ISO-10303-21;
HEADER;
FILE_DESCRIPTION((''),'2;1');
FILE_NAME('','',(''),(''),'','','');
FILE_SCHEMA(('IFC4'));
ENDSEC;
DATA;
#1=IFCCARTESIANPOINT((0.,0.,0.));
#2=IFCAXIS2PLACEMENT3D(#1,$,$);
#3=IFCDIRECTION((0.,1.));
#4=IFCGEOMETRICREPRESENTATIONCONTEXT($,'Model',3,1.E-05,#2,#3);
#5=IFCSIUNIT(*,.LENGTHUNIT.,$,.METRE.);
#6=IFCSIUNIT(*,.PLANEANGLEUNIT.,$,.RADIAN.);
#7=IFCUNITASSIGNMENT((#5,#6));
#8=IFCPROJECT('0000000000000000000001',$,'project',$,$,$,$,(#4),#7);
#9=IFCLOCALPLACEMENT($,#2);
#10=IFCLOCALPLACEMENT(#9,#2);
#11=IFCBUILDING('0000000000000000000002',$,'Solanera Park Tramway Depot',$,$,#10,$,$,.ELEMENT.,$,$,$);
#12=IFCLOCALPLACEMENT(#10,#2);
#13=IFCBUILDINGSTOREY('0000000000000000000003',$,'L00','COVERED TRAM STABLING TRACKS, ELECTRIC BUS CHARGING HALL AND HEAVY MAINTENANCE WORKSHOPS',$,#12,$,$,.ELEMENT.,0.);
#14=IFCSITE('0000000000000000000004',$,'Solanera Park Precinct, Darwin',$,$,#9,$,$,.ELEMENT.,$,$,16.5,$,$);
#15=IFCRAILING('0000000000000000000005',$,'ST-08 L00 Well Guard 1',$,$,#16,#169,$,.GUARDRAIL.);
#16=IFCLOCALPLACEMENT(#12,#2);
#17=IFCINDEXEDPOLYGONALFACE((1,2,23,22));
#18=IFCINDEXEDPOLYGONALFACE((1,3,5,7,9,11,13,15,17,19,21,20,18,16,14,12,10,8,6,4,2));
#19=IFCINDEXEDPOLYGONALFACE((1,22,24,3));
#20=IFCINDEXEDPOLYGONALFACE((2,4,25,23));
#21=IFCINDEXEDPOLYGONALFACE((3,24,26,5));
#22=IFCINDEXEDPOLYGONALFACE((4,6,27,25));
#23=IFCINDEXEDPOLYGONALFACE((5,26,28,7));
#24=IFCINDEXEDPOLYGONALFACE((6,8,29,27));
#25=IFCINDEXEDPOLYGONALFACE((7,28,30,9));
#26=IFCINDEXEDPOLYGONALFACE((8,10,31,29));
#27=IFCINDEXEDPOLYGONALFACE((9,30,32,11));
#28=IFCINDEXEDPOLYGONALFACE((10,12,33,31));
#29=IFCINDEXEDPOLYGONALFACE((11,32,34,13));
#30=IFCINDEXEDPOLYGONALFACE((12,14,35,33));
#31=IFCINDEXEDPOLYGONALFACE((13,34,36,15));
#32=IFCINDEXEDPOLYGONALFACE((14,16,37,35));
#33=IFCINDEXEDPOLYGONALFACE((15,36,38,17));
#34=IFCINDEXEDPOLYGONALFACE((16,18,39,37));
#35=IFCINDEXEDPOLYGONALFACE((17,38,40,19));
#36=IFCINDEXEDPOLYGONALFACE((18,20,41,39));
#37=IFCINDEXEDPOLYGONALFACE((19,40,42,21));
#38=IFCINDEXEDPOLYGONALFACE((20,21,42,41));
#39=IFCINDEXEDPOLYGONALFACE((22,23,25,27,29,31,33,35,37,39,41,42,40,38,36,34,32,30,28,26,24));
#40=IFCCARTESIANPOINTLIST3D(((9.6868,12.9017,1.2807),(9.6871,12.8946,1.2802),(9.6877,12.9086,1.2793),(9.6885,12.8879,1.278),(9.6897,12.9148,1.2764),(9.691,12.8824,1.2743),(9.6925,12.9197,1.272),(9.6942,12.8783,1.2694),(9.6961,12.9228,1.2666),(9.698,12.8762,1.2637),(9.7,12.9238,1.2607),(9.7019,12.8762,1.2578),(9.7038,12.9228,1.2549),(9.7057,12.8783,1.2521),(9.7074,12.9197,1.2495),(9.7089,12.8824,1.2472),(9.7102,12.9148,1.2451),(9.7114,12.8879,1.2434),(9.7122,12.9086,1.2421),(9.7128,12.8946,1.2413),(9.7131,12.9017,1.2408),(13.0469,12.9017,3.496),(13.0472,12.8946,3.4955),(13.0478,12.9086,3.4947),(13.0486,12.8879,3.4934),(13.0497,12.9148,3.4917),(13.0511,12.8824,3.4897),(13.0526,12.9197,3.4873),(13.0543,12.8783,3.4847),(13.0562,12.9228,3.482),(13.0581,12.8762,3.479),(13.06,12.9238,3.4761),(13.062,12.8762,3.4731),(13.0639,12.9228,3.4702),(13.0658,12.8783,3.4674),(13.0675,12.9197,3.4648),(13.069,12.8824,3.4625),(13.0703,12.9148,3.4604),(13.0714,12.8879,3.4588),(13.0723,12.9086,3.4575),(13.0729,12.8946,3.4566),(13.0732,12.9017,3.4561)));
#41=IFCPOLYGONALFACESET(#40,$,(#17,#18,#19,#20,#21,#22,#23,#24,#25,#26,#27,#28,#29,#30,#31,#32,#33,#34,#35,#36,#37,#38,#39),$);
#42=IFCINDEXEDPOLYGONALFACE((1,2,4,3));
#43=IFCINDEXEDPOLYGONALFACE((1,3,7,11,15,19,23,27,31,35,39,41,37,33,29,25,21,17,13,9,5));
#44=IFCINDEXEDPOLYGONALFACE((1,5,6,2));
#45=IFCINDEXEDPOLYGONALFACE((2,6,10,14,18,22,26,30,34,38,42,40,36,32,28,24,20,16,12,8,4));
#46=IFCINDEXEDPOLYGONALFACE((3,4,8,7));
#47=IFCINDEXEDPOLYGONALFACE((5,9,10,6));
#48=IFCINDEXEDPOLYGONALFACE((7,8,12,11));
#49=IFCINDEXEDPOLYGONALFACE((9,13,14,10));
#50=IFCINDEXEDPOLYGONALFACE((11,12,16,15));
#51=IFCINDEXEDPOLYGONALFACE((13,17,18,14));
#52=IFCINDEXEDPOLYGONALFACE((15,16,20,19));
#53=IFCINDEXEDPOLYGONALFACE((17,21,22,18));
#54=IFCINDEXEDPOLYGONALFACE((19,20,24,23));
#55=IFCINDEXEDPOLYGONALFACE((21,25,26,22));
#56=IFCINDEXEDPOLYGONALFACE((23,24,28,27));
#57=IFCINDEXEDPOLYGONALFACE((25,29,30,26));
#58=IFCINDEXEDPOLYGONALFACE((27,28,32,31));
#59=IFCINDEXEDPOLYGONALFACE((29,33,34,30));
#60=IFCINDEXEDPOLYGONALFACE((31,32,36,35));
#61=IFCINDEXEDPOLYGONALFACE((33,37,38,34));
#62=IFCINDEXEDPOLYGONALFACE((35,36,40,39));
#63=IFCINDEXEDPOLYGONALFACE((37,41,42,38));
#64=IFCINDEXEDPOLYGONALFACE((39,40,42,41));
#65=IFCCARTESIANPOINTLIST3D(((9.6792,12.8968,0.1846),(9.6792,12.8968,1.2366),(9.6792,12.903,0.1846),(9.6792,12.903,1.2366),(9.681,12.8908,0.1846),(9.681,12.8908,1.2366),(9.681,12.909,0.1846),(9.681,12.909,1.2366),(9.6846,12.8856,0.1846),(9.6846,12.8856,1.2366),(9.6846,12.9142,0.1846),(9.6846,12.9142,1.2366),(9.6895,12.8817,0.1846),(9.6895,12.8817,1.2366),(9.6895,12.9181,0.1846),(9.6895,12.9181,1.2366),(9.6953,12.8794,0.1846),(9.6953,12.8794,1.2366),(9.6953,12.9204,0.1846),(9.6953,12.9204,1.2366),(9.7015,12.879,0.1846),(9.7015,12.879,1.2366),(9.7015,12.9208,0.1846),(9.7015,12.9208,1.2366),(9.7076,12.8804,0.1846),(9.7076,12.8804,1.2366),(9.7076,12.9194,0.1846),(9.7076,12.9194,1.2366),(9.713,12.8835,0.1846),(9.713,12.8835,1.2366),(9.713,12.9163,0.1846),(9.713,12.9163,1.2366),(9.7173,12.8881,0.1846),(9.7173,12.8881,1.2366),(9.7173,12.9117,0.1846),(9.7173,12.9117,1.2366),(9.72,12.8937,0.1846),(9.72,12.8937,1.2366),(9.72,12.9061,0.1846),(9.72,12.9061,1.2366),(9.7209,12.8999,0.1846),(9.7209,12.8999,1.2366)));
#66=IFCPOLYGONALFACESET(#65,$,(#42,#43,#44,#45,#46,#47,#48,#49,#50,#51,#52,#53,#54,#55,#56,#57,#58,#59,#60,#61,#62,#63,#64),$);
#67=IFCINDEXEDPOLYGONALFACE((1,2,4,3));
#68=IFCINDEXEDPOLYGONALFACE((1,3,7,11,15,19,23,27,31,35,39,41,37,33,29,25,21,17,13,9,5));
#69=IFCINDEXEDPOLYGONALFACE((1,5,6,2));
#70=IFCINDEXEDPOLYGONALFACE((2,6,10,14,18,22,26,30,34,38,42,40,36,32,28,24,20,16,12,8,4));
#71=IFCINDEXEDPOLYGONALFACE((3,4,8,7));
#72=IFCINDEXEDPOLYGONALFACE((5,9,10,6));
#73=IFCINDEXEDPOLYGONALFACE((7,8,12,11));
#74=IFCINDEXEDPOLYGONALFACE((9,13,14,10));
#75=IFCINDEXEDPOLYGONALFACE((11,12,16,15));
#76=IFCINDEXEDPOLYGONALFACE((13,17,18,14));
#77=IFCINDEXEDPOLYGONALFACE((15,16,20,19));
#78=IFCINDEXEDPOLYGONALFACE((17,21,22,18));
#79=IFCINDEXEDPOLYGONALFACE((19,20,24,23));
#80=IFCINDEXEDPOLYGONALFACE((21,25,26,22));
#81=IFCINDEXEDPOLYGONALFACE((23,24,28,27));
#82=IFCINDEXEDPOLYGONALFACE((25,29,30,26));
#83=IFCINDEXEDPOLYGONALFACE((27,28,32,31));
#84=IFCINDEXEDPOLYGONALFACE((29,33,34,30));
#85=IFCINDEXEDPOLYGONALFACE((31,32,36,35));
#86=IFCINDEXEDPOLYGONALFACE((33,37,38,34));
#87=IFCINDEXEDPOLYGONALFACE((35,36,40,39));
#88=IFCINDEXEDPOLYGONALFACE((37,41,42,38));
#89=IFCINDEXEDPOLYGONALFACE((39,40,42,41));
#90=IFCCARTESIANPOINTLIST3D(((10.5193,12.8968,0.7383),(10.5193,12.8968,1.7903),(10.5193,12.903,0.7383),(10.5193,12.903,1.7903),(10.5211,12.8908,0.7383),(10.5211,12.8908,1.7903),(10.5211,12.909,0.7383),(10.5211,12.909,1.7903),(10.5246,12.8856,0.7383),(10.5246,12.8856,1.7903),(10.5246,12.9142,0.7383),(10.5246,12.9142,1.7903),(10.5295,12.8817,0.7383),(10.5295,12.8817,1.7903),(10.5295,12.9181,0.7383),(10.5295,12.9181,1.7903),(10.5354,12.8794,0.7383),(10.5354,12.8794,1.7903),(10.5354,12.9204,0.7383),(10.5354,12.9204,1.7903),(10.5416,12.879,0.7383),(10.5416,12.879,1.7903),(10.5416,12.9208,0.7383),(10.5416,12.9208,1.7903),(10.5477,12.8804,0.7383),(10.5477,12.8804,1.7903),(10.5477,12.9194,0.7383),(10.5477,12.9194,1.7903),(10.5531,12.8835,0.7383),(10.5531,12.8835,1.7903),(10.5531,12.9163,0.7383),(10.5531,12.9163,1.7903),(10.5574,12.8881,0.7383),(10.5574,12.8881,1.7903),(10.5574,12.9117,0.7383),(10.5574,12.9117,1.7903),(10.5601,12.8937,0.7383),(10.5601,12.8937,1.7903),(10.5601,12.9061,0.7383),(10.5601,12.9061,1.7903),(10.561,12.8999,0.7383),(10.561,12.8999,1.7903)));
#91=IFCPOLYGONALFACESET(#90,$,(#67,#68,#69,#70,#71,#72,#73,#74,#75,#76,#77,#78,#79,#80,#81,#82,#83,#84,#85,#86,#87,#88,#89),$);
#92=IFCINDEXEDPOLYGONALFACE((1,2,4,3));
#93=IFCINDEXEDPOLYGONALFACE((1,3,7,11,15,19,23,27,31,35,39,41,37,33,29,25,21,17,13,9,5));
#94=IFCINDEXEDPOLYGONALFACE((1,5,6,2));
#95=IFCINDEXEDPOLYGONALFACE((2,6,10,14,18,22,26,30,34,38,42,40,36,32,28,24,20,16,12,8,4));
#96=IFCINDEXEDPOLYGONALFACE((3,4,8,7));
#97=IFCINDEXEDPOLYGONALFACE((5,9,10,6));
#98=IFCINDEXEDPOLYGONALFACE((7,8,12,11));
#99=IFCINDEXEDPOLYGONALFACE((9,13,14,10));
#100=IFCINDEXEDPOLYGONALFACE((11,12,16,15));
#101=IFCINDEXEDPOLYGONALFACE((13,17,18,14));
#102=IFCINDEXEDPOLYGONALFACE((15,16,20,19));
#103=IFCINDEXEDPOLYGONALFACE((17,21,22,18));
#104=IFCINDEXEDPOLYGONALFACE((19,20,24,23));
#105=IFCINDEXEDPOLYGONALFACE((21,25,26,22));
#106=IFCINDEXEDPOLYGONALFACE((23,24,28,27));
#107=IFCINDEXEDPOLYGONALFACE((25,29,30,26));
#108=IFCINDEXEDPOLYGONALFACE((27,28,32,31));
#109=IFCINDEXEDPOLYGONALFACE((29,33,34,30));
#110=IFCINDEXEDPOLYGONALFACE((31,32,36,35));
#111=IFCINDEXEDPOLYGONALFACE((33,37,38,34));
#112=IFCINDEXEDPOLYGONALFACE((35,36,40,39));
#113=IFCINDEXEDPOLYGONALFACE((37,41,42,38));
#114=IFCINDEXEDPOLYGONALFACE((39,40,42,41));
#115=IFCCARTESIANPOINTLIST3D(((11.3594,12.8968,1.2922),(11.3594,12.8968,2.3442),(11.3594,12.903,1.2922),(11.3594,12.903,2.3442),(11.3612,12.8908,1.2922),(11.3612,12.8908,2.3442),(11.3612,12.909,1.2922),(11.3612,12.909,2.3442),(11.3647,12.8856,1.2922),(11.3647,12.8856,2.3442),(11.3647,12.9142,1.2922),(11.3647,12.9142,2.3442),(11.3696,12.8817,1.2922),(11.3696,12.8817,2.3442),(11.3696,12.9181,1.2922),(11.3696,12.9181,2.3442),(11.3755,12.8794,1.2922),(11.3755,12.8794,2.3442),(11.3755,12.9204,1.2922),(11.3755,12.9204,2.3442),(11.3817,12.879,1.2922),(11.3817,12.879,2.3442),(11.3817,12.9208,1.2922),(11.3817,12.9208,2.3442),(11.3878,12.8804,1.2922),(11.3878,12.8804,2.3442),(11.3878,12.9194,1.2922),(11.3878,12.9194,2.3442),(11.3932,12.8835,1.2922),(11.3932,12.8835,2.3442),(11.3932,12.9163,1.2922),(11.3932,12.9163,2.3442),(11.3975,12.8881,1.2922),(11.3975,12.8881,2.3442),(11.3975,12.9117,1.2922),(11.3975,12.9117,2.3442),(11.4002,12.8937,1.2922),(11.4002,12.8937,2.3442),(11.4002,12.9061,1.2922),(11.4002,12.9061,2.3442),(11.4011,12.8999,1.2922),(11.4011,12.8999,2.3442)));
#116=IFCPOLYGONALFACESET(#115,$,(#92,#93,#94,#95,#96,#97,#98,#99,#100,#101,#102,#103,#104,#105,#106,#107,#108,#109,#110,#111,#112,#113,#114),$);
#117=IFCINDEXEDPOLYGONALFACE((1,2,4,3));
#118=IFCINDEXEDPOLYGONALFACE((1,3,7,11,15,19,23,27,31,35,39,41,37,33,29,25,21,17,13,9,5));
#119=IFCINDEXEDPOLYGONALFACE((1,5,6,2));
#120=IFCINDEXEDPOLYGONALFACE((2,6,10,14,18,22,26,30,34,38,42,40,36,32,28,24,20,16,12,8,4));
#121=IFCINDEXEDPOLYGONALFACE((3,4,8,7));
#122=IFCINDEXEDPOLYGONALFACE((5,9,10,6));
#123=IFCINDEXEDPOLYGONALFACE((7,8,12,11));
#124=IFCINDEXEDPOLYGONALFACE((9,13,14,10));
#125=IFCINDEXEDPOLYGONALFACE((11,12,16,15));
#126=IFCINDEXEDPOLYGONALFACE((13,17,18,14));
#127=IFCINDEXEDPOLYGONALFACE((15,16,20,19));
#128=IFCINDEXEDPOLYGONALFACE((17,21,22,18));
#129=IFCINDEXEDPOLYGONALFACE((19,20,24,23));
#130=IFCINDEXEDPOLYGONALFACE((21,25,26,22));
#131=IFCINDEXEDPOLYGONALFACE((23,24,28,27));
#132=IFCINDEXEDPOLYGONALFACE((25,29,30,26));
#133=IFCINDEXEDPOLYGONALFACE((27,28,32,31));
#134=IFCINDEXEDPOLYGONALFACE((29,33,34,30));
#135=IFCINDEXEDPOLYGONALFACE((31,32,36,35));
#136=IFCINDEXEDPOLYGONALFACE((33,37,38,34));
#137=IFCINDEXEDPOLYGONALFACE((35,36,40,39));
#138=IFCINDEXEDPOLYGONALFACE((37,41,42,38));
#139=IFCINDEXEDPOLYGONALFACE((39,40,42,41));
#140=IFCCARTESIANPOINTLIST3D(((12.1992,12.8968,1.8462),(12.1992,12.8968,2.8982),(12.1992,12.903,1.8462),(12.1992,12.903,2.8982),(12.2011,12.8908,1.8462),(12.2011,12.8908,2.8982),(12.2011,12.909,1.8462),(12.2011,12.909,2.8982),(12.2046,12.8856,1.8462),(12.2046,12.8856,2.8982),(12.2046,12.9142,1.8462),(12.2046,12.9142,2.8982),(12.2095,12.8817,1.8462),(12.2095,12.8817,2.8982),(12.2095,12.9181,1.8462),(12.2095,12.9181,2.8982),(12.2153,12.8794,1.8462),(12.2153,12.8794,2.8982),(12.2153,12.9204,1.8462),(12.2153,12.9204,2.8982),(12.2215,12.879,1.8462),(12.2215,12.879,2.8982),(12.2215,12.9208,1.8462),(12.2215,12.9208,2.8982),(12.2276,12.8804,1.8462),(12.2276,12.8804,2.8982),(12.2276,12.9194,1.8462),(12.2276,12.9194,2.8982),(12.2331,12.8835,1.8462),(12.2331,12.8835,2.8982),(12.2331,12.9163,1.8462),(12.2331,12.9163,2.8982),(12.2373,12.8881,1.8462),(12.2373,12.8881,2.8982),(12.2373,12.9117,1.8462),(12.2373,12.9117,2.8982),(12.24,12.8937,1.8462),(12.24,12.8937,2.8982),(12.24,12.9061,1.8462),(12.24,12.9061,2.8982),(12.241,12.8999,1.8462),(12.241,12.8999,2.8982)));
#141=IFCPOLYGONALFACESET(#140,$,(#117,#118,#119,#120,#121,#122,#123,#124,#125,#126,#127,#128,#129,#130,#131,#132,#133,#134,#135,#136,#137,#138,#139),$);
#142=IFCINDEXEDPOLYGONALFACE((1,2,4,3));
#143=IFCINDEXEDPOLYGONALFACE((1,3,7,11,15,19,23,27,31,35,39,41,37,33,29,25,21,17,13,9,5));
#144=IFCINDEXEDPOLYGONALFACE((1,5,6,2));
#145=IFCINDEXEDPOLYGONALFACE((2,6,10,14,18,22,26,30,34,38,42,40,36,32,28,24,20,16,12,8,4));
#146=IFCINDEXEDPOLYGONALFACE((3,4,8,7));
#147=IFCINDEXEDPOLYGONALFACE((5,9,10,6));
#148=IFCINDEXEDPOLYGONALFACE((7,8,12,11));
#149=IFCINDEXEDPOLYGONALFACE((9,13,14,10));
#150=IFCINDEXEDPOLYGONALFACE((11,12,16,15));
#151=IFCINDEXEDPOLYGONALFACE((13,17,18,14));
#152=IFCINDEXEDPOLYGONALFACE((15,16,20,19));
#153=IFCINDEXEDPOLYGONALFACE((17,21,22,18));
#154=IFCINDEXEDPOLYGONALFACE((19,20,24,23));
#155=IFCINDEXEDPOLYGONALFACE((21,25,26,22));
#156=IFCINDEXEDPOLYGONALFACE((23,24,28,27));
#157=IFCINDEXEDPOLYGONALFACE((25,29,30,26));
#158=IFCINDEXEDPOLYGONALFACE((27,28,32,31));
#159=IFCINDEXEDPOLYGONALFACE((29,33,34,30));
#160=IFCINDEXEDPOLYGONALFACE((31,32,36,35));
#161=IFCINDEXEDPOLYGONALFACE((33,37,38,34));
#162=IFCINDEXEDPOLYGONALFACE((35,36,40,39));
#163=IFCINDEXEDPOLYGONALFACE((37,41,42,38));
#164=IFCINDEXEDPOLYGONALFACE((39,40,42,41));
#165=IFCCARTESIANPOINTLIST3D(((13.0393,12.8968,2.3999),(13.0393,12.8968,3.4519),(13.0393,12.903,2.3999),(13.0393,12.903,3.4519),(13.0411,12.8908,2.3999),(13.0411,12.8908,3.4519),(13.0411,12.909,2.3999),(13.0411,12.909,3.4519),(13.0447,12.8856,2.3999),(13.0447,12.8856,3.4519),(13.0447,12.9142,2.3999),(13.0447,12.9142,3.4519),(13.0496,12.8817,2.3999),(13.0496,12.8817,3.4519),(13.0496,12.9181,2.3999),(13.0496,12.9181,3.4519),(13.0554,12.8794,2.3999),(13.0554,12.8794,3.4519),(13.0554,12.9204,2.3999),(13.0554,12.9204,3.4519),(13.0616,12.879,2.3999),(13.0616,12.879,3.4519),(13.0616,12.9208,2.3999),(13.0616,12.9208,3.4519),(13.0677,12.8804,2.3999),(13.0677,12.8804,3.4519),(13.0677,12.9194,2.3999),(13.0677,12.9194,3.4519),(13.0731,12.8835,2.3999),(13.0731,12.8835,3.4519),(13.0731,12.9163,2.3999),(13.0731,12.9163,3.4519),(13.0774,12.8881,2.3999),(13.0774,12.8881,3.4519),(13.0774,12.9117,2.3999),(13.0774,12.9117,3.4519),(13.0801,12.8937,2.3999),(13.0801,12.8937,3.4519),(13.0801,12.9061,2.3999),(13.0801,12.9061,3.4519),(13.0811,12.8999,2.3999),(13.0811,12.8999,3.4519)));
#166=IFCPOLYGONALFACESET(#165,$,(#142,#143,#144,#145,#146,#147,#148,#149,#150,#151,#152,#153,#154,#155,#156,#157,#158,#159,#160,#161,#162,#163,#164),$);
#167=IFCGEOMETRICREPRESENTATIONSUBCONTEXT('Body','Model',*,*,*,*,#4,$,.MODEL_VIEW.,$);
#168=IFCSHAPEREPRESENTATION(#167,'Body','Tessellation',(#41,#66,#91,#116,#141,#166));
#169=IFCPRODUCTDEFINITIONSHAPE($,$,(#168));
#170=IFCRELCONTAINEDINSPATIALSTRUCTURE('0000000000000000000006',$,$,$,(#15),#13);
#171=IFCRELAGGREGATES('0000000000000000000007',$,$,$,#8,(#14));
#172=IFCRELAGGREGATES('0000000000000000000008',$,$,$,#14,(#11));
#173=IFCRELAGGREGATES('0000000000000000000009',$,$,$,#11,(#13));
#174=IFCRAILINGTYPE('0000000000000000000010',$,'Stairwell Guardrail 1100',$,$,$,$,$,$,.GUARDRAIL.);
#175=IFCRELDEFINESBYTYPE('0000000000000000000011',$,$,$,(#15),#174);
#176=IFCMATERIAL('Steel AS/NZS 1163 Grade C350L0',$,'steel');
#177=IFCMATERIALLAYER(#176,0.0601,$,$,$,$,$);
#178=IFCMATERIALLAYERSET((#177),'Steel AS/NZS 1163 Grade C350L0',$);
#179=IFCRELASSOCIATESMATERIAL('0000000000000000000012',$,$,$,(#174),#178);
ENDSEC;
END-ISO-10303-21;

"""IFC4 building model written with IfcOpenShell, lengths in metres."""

from ifc_helpers import new_model, si_unit, direction, frame, origin, origin_2d, place, context, subcontext, project, spatial, circle, extrude, material, layer, layer_set, type_object, element, save


model = new_model("IFC4")

# Units and contexts
model_context = context("Model", 3, precision=1e-05, world=origin(), true_north=direction((0.0, 1.0)))
body_context = subcontext(model_context, "Body", "Model", "MODEL_VIEW")
ifc_project = project(units=[si_unit("LENGTHUNIT", "METRE"), si_unit("PLANEANGLEUNIT", "RADIAN")], contexts=[model_context])

# Site, building, storey
site_placement = place(None, origin())
site = spatial("IfcSite", under=ifc_project, at=site_placement, Name="Solanera Park Precinct, Darwin", CompositionType="ELEMENT", RefElevation=16.5)
building_placement = place(site_placement, origin())
building = spatial("IfcBuilding", under=site, at=building_placement, Name="Solanera Park Tramway Depot", CompositionType="ELEMENT")
storey_placement = place(building_placement, origin())
storey = spatial("IfcBuildingStorey", under=building, at=storey_placement, Name="L00", Description="COVERED TRAM STABLING TRACKS, ELECTRIC BUS CHARGING HALL AND HEAVY MAINTENANCE WORKSHOPS", CompositionType="ELEMENT", Elevation=0.0)

# Railing
ifc_material_1 = material(Name="Steel AS/NZS 1163 Grade C350L0", Category="steel")
ifc_layer_1 = layer(ifc_material_1, 0.0601)
ifc_layer_set_1 = layer_set([ifc_layer_1], Name="Steel AS/NZS 1163 Grade C350L0")
railing_type_1 = type_object("IfcRailingType", Name="Stairwell Guardrail 1100", PredefinedType="GUARDRAIL", material=ifc_layer_set_1)
railing_1_placement = place(storey_placement, frame((9.7, 12.8999, 0.1846)))
element("IfcRailing", 1, at=railing_1_placement, inside=storey, type_object=railing_type_1, Name="ST-08 L00 Well Guard 1", PredefinedType="GUARDRAIL", context=body_context, shape_type="SweptSolid", body=[
    extrude(circle(Radius=0.0239, at=origin_2d()), frame((0.0, 0.0, 1.0762), z_axis=(0.834876, 0.0, 0.550437), x_axis=(0.0, 1.0, 0.0)), (0.0, 0.0, 1.0), 4.0247),
    extrude(circle(Radius=0.021, at=origin_2d()), origin(), (0.0, 0.0, 1.0), 1.052),
    extrude(circle(Radius=0.021, at=origin_2d()), frame((0.8401, 0.0, 0.5537)), (0.0, 0.0, 1.0), 1.052),
    extrude(circle(Radius=0.021, at=origin_2d()), frame((1.6802, 0.0, 1.1077)), (0.0, 0.0, 1.0), 1.052),
    extrude(circle(Radius=0.021, at=origin_2d()), frame((2.52, 0.0, 1.6616)), (0.0, 0.0, 1.0), 1.052),
    extrude(circle(Radius=0.021, at=origin_2d()), frame((3.3601, 0.0, 2.2153)), (0.0, 0.0, 1.0), 1.052),
])

save(model, "model.ifc")
